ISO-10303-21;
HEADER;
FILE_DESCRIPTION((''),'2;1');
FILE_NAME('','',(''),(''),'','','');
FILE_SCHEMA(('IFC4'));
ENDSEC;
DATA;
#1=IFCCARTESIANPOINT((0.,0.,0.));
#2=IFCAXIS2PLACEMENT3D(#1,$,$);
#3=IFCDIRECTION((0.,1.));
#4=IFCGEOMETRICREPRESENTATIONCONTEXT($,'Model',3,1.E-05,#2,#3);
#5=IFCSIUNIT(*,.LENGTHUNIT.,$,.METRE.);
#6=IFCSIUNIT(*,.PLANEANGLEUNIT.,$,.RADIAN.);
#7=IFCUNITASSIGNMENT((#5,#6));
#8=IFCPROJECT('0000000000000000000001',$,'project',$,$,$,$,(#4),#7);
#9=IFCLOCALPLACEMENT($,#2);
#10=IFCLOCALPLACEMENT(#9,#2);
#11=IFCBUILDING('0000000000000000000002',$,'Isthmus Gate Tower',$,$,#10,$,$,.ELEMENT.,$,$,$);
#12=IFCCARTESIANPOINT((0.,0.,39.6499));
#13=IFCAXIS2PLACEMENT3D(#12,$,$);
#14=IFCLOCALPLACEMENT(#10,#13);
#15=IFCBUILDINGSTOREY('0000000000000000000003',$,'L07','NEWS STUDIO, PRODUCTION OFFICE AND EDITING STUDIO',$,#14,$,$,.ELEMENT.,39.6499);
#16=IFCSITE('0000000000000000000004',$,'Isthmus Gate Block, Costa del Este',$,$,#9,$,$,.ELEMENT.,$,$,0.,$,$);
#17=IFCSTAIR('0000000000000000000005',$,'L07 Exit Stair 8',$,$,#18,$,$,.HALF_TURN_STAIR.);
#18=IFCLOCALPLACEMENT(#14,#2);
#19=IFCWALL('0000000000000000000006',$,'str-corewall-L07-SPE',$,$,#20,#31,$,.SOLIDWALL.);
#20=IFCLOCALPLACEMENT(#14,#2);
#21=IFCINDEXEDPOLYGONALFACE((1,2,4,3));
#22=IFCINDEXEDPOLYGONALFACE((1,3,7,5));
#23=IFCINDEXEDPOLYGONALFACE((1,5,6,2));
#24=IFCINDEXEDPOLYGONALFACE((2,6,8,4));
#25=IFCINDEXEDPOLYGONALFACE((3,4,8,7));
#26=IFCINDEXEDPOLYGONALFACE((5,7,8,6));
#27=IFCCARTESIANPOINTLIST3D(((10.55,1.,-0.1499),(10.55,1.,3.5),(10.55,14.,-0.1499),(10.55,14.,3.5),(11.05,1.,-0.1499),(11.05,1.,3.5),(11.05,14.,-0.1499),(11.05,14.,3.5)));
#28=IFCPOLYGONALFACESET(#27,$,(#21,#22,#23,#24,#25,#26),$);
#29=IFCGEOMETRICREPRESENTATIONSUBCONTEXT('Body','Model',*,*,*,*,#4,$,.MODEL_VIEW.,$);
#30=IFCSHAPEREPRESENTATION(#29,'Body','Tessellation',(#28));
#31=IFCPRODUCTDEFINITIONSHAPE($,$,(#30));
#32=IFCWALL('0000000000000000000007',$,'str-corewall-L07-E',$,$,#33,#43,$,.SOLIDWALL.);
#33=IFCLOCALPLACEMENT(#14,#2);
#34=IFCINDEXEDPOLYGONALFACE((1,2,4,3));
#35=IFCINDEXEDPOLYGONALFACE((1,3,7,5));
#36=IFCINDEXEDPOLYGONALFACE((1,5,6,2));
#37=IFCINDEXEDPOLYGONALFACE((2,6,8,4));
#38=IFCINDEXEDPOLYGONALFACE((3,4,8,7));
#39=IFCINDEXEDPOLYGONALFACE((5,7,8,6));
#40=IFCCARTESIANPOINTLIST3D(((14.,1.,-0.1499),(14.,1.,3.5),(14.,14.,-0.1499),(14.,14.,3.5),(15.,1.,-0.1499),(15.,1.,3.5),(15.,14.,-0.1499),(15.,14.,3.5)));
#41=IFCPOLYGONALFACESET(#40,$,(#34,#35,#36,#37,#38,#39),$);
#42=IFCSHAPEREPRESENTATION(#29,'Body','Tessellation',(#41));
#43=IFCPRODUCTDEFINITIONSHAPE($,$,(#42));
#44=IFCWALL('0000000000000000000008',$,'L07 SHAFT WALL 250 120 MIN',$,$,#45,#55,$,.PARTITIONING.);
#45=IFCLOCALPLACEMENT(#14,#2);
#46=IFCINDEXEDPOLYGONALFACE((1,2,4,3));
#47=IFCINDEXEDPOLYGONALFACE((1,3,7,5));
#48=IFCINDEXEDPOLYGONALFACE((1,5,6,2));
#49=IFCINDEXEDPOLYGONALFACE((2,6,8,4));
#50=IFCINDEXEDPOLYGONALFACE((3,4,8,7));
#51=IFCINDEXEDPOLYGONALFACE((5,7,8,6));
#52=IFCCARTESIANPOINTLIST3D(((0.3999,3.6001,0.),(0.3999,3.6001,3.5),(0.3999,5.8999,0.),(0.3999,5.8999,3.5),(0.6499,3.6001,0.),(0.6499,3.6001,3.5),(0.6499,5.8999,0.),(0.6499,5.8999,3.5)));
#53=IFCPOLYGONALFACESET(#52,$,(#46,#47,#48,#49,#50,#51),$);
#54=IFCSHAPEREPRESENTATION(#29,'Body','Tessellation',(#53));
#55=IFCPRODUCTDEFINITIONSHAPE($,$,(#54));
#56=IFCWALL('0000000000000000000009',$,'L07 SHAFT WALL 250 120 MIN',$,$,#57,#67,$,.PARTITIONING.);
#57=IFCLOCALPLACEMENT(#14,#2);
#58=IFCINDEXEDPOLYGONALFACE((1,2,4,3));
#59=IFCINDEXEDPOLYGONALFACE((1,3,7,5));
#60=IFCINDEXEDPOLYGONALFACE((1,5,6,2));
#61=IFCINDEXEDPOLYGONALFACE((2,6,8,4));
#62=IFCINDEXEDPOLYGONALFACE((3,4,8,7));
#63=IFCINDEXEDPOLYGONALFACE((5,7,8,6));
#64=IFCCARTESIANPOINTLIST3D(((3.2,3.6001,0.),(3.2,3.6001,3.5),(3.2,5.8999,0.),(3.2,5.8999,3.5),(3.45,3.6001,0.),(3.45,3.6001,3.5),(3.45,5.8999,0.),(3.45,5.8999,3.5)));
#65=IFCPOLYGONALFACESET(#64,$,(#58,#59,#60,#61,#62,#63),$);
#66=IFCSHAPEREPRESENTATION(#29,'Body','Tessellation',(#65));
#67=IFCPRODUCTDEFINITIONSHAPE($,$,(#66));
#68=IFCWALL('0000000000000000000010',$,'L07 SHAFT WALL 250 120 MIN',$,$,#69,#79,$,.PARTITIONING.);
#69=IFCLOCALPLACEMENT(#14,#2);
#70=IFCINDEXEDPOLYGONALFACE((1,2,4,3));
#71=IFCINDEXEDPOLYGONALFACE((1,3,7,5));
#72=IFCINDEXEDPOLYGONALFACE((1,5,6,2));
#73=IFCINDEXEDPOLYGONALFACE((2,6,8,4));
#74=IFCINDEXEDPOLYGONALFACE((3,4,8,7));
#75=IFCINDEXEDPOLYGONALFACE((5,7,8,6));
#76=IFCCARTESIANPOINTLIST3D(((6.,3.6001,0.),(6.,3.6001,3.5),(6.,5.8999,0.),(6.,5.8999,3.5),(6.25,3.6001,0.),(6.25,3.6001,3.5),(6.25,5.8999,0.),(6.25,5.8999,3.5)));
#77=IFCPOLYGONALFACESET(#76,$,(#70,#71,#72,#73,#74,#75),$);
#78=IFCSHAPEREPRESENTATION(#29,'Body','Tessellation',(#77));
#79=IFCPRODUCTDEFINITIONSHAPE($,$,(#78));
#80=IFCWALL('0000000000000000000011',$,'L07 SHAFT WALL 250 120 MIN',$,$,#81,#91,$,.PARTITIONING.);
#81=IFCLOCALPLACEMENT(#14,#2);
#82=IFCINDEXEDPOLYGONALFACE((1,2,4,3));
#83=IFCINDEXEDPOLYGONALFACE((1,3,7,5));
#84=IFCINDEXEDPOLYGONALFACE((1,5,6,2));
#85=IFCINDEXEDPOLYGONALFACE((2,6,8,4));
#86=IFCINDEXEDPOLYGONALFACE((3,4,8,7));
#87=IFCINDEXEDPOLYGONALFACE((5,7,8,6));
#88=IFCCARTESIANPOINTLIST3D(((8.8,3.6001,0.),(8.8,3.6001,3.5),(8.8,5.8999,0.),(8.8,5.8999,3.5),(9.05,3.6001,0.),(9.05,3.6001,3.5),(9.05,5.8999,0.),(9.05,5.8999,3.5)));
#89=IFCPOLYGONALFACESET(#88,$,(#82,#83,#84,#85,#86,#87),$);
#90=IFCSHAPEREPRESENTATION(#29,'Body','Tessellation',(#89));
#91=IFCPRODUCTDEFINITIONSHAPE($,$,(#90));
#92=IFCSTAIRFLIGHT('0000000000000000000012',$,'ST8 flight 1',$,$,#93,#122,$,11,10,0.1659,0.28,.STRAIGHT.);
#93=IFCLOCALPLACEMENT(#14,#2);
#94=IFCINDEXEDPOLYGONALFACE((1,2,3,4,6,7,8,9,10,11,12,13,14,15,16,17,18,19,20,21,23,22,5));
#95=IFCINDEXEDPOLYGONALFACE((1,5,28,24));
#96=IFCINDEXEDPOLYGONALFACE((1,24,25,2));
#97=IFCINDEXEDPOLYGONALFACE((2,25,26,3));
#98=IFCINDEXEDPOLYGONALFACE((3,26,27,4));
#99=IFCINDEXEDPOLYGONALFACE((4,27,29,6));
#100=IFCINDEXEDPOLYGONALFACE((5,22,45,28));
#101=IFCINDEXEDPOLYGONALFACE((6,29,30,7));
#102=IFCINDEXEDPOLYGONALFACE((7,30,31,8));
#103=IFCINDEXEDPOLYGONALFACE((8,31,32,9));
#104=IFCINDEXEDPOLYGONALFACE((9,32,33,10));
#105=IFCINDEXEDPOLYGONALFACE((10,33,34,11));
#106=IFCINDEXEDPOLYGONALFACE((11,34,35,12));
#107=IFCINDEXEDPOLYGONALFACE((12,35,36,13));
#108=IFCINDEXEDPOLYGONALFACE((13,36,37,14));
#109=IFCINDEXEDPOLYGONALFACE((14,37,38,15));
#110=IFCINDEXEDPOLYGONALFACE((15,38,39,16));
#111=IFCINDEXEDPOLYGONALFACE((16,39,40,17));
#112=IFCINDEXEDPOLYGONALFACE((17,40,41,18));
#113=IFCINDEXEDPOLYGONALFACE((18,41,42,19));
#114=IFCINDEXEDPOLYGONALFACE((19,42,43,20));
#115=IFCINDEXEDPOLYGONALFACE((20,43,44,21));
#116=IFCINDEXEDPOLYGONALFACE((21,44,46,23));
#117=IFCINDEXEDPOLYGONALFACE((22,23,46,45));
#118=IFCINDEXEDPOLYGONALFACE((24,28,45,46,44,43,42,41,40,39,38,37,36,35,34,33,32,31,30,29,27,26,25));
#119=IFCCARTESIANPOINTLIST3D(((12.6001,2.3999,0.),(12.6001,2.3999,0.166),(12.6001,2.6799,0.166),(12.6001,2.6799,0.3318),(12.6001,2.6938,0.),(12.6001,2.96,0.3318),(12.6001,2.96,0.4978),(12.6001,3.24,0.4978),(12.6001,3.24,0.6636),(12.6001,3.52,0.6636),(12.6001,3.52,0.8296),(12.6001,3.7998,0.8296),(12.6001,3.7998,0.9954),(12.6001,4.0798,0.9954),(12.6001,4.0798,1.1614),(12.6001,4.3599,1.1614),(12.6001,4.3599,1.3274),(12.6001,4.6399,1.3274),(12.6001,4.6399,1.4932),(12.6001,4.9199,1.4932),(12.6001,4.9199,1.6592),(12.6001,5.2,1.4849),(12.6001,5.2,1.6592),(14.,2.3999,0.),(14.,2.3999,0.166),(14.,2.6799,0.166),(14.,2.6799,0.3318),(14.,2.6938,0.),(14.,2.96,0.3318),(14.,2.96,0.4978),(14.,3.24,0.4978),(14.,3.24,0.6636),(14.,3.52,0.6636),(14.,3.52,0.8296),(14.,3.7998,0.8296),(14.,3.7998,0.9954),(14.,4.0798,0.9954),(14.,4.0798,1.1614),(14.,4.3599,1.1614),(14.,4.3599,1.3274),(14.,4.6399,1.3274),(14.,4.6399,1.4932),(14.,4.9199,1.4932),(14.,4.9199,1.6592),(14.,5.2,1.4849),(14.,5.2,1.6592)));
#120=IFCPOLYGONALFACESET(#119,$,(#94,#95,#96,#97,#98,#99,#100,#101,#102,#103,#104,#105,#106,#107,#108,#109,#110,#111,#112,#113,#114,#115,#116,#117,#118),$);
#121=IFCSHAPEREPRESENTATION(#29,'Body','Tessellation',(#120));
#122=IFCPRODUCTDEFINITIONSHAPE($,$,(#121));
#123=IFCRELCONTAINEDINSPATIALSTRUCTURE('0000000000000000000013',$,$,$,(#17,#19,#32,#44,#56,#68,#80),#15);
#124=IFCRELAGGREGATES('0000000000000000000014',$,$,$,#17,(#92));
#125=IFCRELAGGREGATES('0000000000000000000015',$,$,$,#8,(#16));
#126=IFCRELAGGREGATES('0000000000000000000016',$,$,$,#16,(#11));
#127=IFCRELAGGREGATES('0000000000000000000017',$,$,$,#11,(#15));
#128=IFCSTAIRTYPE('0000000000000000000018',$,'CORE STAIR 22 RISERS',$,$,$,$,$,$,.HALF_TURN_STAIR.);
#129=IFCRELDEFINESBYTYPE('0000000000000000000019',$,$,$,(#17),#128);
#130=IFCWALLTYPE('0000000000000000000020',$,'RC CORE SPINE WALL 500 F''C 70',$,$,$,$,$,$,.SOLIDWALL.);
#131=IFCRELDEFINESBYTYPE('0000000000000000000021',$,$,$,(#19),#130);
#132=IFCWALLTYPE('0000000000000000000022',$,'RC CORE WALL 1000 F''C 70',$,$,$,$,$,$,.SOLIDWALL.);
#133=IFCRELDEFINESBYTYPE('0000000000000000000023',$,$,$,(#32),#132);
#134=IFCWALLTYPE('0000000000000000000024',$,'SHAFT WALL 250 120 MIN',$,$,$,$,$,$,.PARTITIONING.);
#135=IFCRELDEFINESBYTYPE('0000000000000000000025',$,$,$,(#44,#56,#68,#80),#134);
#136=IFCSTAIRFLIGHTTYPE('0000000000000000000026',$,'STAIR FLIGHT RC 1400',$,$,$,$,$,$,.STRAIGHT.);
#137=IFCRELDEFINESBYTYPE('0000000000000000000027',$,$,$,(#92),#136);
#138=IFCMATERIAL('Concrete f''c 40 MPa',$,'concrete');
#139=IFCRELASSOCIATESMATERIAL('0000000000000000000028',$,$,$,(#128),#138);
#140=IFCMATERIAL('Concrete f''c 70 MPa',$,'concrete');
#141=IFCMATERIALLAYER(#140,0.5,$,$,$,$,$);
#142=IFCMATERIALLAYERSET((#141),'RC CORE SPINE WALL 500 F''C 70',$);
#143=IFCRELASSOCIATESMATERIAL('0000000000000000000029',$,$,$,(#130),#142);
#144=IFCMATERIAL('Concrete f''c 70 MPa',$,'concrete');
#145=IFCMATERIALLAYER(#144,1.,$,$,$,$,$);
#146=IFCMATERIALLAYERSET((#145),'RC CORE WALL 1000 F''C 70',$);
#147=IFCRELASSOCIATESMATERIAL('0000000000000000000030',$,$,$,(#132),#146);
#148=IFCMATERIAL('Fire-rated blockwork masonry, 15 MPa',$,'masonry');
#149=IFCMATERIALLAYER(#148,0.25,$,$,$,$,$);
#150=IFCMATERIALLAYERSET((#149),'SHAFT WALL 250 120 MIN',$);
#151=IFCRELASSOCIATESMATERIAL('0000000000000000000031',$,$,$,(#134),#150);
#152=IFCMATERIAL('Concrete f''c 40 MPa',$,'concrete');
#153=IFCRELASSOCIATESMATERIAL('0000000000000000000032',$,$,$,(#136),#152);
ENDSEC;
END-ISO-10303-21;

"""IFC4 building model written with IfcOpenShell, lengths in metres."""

from ifc_helpers import new_model, si_unit, direction, frame, frame_2d, origin, place, context, subcontext, project, spatial, polyline, rectangle, outline, extrude, material, layer, layer_set, type_object, element, aggregate, save


model = new_model("IFC4")

# Units and contexts
model_context = context("Model", 3, precision=1e-05, world=origin(), true_north=direction((0.0, 1.0)))
body_context = subcontext(model_context, "Body", "Model", "MODEL_VIEW")
ifc_project = project(units=[si_unit("LENGTHUNIT", "METRE"), si_unit("PLANEANGLEUNIT", "RADIAN")], contexts=[model_context])

# Site, building, storey
site_placement = place(None, origin())
site = spatial("IfcSite", under=ifc_project, at=site_placement, Name="Isthmus Gate Block, Costa del Este", CompositionType="ELEMENT", RefElevation=0.0)
building_placement = place(site_placement, origin())
building = spatial("IfcBuilding", under=site, at=building_placement, Name="Isthmus Gate Tower", CompositionType="ELEMENT")
storey_placement = place(building_placement, frame((0.0, 0.0, 39.6499)))
storey = spatial("IfcBuildingStorey", under=building, at=storey_placement, Name="L07", Description="NEWS STUDIO, PRODUCTION OFFICE AND EDITING STUDIO", CompositionType="ELEMENT", Elevation=39.6499)

# Stair
ifc_material_1 = material(Name="Concrete f'c 40 MPa", Category="concrete")
stair_type = type_object("IfcStairType", Name="CORE STAIR 22 RISERS", PredefinedType="HALF_TURN_STAIR", material=ifc_material_1)
stair_1_placement = place(storey_placement, origin())
stair_1 = element("IfcStair", 1, at=stair_1_placement, inside=storey, type_object=stair_type, Name="L07 Exit Stair 8", PredefinedType="HALF_TURN_STAIR")

# Walls
ifc_material_2 = material(Name="Concrete f'c 70 MPa", Category="concrete")
ifc_layer_1 = layer(ifc_material_2, 0.5)
ifc_layer_set_1 = layer_set([ifc_layer_1], Name="RC CORE SPINE WALL 500 F'C 70")
wall_type_1 = type_object("IfcWallType", Name="RC CORE SPINE WALL 500 F'C 70", PredefinedType="SOLIDWALL", material=ifc_layer_set_1)
wall_1_placement = place(storey_placement, frame((10.8, 1.0, -0.1499), z_axis=(0.0, 0.0, 1.0), x_axis=(0.0, 1.0, 0.0)))
element("IfcWall", 2, at=wall_1_placement, inside=storey, type_object=wall_type_1, Name="str-corewall-L07-SPE", PredefinedType="SOLIDWALL", context=body_context, shape_type="SweptSolid", body=[
    extrude(rectangle(XDim=13.0, YDim=0.5, at=frame_2d((6.5, 0.0))), origin(), (0.0, 0.0, 1.0), 3.6499),
])
ifc_material_3 = material(Name="Concrete f'c 70 MPa", Category="concrete")
ifc_layer_2 = layer(ifc_material_3, 1.0)
ifc_layer_set_2 = layer_set([ifc_layer_2], Name="RC CORE WALL 1000 F'C 70")
wall_type_2 = type_object("IfcWallType", Name="RC CORE WALL 1000 F'C 70", PredefinedType="SOLIDWALL", material=ifc_layer_set_2)
wall_2_placement = place(storey_placement, frame((14.5, 1.0, -0.1499), z_axis=(0.0, 0.0, 1.0), x_axis=(0.0, 1.0, 0.0)))
element("IfcWall", 3, at=wall_2_placement, inside=storey, type_object=wall_type_2, Name="str-corewall-L07-E", PredefinedType="SOLIDWALL", context=body_context, shape_type="SweptSolid", body=[
    extrude(rectangle(XDim=13.0, YDim=1.0, at=frame_2d((6.5, 0.0))), origin(), (0.0, 0.0, 1.0), 3.6499),
])
ifc_material_4 = material(Name="Fire-rated blockwork masonry, 15 MPa", Category="masonry")
ifc_layer_3 = layer(ifc_material_4, 0.25)
ifc_layer_set_3 = layer_set([ifc_layer_3], Name="SHAFT WALL 250 120 MIN")
wall_type_3 = type_object("IfcWallType", Name="SHAFT WALL 250 120 MIN", PredefinedType="PARTITIONING", material=ifc_layer_set_3)
for number, where, z_axis, x_axis, name in (
    (4, (0.5249, 3.6001, 0.0), (0.0, 0.0, 1.0), (0.0, 1.0, 0.0), "L07 SHAFT WALL 250 120 MIN"),
    (5, (3.325, 3.6001, 0.0), (0.0, 0.0, 1.0), (0.0, 1.0, 0.0), "L07 SHAFT WALL 250 120 MIN"),
    (6, (6.125, 3.6001, 0.0), (0.0, 0.0, 1.0), (0.0, 1.0, 0.0), "L07 SHAFT WALL 250 120 MIN"),
    (7, (8.925, 3.6001, 0.0), (0.0, 0.0, 1.0), (0.0, 1.0, 0.0), "L07 SHAFT WALL 250 120 MIN"),
):
    element("IfcWall", number, at=place(storey_placement, frame(where, z_axis=z_axis, x_axis=x_axis)), inside=storey, type_object=wall_type_3, Name=name, PredefinedType="PARTITIONING", context=body_context, shape_type="SweptSolid", body=[
        extrude(rectangle(XDim=2.2998, YDim=0.25, at=frame_2d((1.1499, 0.0))), origin(), (0.0, 0.0, 1.0), 3.5),
    ])

# Stair flight
ifc_material_5 = material(Name="Concrete f'c 40 MPa", Category="concrete")
stair_flight_type = type_object("IfcStairFlightType", Name="STAIR FLIGHT RC 1400", PredefinedType="STRAIGHT", material=ifc_material_5)
stair_flight_placement = place(storey_placement, frame((13.3, 2.3999, 0.0), z_axis=(0.0, 0.0, 1.0), x_axis=(0.0, 1.0, 0.0)))
stair_flight = element("IfcStairFlight", 8, at=stair_flight_placement, type_object=stair_flight_type, Name="ST8 flight 1", NumberOfRisers=11, NumberOfTreads=10, PredefinedType="STRAIGHT", RiserHeight=0.1659, TreadLength=0.28, context=body_context, shape_type="SweptSolid", body=[
    extrude(outline(polyline([(0.0, 0.0), (0.0, 0.166), (0.28, 0.166), (0.28, 0.3318), (0.5601, 0.3318), (0.5601, 0.4978), (0.8401, 0.4978), (0.8401, 0.6636), (1.1201, 0.6636), (1.1201, 0.8296), (1.3999, 0.8296), (1.3999, 0.9954), (1.6799, 0.9954), (1.6799, 1.1614), (1.96, 1.1614), (1.96, 1.3274), (2.24, 1.3274), (2.24, 1.4932), (2.52, 1.4932), (2.52, 1.6592), (2.8, 1.6592), (2.8, 1.825), (2.8, 1.4849), (0.2939, 0.0), (0.0, 0.0)])), frame((0.0, 0.7, 0.0), z_axis=(0.0, -1.0, 0.0), x_axis=(1.0, 0.0, 0.0)), (0.0, 0.0, 1.0), 1.3999),
])
aggregate(stair_1, [stair_flight])

save(model, "model.ifc")
